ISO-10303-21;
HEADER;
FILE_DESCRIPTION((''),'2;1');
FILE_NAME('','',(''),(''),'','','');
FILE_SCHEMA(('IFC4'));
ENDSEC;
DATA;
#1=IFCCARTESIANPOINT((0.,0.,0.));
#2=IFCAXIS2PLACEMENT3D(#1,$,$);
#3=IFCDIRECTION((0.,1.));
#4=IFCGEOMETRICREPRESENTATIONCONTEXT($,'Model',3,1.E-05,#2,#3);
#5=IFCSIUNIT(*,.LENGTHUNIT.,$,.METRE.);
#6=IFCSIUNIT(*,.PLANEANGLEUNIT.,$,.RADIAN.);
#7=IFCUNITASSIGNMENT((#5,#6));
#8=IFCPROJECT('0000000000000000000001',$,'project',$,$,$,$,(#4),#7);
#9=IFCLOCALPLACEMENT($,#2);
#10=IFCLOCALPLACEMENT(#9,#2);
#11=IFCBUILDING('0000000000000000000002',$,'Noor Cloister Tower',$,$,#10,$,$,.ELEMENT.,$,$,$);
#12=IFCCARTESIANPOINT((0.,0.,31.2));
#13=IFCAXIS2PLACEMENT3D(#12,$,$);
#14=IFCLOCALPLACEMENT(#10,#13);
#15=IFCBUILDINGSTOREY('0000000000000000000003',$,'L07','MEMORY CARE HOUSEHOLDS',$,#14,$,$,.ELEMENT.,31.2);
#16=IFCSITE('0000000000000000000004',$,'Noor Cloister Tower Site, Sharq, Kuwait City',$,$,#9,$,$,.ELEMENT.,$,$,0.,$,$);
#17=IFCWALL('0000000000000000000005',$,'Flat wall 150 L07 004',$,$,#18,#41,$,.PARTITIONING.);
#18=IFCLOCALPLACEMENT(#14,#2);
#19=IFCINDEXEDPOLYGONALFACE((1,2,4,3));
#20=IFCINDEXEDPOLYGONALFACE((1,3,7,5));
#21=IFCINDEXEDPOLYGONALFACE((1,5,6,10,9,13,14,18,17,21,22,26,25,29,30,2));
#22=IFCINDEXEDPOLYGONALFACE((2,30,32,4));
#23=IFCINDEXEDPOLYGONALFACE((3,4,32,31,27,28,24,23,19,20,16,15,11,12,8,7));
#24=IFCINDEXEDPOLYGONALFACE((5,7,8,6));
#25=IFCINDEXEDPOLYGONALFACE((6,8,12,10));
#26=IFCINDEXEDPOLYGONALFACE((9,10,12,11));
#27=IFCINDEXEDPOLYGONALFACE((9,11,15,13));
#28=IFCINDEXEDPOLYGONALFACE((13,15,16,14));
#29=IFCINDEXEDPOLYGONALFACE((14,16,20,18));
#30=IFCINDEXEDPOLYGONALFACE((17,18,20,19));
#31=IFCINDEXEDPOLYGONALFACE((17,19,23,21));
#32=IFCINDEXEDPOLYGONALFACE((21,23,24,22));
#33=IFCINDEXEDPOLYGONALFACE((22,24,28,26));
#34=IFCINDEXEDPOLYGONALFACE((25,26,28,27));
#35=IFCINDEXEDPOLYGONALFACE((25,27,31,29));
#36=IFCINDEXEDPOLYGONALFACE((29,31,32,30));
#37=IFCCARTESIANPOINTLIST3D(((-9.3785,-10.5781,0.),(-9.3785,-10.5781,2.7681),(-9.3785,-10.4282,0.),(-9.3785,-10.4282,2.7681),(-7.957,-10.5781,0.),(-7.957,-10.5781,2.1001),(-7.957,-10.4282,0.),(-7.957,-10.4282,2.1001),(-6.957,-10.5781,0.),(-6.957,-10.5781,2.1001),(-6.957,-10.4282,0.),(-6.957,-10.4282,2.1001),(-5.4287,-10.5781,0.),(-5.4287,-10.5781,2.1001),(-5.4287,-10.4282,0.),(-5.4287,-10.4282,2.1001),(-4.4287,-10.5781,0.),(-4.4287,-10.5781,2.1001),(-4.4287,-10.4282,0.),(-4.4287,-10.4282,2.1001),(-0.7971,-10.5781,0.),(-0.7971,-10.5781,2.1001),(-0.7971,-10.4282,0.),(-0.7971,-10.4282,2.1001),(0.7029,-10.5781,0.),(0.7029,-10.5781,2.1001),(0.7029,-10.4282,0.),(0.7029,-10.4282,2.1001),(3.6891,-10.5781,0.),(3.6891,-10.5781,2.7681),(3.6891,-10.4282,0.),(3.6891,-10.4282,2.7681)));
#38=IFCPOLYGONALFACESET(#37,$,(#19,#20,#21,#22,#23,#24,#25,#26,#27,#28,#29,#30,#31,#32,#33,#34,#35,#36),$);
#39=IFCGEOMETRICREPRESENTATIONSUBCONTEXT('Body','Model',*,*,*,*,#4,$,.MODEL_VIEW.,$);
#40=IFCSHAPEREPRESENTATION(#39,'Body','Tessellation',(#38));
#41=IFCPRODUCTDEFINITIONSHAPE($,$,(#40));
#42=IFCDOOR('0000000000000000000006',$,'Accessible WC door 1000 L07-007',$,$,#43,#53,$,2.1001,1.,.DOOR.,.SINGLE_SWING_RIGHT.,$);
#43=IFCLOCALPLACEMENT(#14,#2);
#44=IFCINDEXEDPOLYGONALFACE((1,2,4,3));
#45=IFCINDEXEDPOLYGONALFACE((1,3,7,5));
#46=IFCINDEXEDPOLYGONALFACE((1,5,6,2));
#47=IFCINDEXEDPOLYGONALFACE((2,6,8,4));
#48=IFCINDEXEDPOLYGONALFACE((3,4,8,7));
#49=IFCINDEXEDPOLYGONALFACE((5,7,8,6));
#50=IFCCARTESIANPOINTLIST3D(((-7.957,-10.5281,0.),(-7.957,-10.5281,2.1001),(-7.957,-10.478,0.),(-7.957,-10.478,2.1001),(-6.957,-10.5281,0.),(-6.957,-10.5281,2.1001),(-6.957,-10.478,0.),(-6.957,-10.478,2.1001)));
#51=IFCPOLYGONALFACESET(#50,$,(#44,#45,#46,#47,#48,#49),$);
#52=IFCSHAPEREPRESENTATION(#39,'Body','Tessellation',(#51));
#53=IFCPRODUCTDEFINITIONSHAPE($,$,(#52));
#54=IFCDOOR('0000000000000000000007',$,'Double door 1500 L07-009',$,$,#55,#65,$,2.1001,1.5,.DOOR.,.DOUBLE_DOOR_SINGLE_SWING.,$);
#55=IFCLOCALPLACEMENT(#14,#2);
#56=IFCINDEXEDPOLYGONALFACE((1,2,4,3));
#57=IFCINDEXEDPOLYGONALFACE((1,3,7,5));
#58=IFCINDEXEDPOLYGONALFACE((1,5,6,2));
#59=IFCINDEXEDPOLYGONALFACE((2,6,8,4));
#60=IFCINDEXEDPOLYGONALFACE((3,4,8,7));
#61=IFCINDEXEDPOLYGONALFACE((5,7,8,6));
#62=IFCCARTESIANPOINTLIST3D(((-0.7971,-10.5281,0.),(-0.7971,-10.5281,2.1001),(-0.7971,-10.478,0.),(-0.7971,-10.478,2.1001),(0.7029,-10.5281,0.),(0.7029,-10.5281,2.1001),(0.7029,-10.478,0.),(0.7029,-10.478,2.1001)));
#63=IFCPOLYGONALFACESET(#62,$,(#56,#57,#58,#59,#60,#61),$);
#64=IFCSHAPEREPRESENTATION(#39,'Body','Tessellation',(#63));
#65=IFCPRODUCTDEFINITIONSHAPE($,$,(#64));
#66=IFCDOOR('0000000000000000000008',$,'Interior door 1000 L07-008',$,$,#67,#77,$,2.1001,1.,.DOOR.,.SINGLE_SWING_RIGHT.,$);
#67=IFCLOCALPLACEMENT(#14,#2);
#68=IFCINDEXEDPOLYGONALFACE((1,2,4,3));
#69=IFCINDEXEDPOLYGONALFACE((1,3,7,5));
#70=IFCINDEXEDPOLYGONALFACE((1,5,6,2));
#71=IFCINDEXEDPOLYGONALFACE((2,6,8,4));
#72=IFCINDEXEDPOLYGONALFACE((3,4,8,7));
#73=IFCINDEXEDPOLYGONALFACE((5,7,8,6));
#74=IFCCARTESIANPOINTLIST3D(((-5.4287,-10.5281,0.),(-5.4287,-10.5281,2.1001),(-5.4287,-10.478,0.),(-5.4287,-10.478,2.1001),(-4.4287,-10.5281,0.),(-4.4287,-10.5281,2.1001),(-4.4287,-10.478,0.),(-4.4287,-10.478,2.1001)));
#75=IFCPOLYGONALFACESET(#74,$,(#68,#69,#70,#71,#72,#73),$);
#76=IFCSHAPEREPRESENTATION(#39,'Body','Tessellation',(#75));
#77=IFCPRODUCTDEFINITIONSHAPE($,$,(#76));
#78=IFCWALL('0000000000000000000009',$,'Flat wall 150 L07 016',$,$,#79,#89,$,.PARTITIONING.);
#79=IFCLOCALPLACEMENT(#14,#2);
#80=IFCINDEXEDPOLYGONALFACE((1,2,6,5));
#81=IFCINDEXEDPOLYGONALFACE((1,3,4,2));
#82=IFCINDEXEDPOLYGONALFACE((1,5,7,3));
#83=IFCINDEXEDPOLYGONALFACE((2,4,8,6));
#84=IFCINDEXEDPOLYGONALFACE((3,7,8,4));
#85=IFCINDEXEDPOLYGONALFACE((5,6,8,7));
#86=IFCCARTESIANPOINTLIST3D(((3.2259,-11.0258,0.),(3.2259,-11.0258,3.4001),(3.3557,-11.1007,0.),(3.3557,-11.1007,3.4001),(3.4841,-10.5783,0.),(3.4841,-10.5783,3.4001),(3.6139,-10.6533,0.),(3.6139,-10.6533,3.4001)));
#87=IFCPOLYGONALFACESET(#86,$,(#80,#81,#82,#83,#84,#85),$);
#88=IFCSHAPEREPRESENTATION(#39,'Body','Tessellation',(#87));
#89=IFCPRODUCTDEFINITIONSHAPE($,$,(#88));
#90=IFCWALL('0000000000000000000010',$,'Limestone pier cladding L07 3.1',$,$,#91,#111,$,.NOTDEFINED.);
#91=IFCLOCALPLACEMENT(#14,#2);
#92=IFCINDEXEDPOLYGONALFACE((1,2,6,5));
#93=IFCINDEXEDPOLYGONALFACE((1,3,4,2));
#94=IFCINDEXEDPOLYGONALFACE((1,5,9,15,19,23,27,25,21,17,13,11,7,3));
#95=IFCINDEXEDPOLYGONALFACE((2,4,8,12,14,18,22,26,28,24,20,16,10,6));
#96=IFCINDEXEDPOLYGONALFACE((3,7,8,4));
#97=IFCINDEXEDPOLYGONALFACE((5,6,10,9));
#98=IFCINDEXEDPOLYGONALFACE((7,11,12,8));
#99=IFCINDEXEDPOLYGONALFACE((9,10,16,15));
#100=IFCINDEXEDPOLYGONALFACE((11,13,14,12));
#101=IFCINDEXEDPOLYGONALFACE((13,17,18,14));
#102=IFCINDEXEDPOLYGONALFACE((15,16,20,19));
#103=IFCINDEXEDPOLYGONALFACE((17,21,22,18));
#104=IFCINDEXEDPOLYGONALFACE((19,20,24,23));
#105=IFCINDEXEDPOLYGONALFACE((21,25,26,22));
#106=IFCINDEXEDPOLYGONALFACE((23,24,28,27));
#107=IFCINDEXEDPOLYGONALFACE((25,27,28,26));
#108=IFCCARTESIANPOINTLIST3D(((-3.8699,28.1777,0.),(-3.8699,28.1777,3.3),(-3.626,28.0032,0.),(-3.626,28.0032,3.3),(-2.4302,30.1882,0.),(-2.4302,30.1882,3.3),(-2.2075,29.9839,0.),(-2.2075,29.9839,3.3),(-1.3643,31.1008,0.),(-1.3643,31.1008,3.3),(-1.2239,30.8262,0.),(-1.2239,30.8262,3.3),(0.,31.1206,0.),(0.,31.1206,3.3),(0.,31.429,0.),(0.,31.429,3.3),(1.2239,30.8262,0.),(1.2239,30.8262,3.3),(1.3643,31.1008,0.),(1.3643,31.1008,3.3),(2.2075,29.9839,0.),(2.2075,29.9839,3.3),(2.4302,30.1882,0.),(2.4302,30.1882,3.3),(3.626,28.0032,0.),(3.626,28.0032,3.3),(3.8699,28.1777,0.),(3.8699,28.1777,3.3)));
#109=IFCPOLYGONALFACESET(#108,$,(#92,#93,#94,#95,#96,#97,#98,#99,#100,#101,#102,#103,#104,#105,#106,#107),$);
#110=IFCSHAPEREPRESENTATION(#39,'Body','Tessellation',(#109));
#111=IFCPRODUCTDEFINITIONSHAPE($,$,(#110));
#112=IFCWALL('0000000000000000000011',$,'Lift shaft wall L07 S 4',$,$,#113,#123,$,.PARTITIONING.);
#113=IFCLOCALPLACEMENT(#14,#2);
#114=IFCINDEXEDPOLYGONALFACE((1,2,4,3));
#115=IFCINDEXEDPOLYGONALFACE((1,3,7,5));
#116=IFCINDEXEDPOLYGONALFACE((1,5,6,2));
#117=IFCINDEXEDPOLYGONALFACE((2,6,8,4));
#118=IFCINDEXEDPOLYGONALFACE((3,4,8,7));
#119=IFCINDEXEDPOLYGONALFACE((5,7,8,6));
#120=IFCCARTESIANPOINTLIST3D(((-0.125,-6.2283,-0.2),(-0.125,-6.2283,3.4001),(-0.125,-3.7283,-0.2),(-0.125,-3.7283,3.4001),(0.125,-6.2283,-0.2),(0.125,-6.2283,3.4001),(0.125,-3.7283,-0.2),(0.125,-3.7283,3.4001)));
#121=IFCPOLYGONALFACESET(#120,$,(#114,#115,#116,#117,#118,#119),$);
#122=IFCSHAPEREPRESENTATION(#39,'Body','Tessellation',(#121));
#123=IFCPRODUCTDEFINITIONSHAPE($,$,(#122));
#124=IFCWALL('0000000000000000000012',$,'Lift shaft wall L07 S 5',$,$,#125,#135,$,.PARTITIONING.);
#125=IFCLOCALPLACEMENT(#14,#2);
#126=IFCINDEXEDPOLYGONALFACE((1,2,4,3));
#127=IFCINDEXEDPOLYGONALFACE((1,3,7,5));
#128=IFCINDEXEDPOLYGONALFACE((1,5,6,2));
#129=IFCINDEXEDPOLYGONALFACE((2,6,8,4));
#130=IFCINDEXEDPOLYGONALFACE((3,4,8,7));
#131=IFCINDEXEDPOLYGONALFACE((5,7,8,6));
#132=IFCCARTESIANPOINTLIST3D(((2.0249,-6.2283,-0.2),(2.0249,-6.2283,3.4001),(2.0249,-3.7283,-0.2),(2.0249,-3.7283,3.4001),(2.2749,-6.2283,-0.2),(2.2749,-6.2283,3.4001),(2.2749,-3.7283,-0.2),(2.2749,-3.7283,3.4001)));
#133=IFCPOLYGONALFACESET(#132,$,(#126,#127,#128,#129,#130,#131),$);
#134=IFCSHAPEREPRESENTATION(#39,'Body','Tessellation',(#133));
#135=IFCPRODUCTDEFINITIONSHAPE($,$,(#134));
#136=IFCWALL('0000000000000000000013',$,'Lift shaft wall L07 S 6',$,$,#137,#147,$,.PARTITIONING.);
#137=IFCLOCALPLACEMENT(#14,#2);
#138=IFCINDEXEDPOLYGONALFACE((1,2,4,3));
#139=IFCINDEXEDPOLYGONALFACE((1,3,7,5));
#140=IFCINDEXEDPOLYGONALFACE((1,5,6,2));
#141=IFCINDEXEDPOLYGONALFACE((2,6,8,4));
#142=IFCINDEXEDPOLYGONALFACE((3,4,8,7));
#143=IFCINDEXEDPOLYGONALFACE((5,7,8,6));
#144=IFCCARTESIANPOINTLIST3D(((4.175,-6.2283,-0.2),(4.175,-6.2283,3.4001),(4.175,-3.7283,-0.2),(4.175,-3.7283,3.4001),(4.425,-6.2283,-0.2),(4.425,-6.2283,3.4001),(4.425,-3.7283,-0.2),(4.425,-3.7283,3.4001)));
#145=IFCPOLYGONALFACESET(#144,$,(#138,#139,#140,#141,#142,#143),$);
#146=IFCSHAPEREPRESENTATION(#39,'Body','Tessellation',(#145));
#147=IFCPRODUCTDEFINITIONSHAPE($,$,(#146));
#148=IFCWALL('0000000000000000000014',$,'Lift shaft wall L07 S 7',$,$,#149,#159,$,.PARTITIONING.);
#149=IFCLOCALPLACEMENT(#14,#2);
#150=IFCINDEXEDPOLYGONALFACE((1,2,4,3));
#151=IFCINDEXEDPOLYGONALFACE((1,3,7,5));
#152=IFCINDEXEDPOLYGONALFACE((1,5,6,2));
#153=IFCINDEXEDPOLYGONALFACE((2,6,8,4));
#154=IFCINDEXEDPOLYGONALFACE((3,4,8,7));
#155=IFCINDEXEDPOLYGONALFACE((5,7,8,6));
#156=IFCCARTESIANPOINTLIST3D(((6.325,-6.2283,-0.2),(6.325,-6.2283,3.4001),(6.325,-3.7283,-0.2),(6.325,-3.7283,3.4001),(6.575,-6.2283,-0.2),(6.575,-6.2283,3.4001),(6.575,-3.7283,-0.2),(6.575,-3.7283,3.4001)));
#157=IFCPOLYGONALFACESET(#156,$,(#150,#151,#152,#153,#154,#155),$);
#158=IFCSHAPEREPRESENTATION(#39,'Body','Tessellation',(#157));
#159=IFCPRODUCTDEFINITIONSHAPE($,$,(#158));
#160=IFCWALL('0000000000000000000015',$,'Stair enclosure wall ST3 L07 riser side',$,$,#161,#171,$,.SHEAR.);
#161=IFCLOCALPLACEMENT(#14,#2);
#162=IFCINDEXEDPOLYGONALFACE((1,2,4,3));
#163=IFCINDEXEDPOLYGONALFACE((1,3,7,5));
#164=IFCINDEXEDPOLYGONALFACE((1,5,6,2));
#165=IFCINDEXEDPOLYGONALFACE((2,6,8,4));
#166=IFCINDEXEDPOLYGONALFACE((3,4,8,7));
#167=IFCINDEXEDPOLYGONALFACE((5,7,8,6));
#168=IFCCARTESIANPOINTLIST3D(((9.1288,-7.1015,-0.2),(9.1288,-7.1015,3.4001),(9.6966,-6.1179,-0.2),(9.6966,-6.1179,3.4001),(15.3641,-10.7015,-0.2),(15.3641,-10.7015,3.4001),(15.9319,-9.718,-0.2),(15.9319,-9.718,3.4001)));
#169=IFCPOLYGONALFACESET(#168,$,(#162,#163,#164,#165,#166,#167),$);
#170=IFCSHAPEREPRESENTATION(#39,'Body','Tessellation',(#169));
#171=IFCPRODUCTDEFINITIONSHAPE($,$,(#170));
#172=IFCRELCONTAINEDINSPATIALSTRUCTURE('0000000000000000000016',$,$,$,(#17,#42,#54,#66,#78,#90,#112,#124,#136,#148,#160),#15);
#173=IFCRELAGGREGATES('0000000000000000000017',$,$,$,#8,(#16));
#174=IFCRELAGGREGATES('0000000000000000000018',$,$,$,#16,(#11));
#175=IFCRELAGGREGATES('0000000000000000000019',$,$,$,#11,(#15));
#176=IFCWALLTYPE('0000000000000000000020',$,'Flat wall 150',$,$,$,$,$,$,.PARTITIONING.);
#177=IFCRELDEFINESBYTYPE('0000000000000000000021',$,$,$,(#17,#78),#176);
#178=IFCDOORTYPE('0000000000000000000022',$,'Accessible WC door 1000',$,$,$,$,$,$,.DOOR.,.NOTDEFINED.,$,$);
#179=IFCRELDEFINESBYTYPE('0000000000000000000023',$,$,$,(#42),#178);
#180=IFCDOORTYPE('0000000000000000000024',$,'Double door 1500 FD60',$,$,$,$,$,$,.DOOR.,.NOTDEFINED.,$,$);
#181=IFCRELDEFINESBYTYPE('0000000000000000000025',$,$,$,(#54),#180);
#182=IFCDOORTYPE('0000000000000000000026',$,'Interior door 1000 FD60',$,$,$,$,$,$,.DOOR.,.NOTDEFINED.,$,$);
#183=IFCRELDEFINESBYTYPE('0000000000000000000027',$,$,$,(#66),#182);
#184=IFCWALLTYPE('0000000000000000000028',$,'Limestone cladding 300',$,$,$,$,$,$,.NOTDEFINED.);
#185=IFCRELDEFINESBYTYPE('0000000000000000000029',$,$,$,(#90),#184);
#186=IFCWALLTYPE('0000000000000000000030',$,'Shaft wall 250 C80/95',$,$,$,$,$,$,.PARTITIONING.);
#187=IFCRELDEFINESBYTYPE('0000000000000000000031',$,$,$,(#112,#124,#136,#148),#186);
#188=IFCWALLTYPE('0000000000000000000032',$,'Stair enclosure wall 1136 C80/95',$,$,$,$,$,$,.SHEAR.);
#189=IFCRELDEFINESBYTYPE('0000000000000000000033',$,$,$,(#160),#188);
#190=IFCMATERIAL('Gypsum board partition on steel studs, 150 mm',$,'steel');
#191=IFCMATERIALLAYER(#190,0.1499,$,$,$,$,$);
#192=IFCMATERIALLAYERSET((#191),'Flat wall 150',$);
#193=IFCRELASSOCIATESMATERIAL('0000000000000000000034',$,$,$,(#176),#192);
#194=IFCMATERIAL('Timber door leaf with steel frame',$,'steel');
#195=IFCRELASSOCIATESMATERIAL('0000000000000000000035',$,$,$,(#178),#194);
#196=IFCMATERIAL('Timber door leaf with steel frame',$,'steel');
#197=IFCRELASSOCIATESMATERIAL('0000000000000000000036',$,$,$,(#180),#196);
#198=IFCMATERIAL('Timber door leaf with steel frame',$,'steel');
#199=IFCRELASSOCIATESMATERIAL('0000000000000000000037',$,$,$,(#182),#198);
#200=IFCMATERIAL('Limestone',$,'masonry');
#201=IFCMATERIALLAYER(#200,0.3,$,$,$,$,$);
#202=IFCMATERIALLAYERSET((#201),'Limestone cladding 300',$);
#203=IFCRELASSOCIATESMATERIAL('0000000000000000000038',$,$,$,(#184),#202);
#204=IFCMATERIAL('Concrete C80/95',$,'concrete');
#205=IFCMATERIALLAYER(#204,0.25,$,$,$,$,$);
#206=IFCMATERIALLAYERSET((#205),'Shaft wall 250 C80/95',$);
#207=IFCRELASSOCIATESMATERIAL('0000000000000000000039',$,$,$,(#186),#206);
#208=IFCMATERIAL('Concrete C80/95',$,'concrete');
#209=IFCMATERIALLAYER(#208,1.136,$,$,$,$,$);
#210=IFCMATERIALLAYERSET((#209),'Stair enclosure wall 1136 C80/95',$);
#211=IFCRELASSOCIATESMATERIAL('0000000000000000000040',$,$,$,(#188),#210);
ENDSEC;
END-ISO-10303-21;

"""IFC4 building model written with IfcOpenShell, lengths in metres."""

from ifc_helpers import new_model, si_unit, direction, frame, frame_2d, origin, place, context, subcontext, project, spatial, polyline, rectangle, outline, extrude, material, layer, layer_set, type_object, element, fill, save


model = new_model("IFC4")

# Units and contexts
model_context = context("Model", 3, precision=1e-05, world=origin(), true_north=direction((0.0, 1.0)))
body_context = subcontext(model_context, "Body", "Model", "MODEL_VIEW")
ifc_project = project(units=[si_unit("LENGTHUNIT", "METRE"), si_unit("PLANEANGLEUNIT", "RADIAN")], contexts=[model_context])

# Site, building, storey
site_placement = place(None, origin())
site = spatial("IfcSite", under=ifc_project, at=site_placement, Name="Noor Cloister Tower Site, Sharq, Kuwait City", CompositionType="ELEMENT", RefElevation=0.0)
building_placement = place(site_placement, origin())
building = spatial("IfcBuilding", under=site, at=building_placement, Name="Noor Cloister Tower", CompositionType="ELEMENT")
storey_placement = place(building_placement, frame((0.0, 0.0, 31.2)))
storey = spatial("IfcBuildingStorey", under=building, at=storey_placement, Name="L07", Description="MEMORY CARE HOUSEHOLDS", CompositionType="ELEMENT", Elevation=31.2)

# Wall, openings, doors
ifc_material_1 = material(Name="Gypsum board partition on steel studs, 150 mm", Category="steel")
ifc_layer_1 = layer(ifc_material_1, 0.1499)
ifc_layer_set_1 = layer_set([ifc_layer_1], Name="Flat wall 150")
wall_type_1 = type_object("IfcWallType", Name="Flat wall 150", PredefinedType="PARTITIONING", material=ifc_layer_set_1)
wall_1_placement = place(storey_placement, frame((3.689, -10.5032, 0.0), z_axis=(0.0, 0.0, 1.0), x_axis=(-1.0, 0.0, 0.0)))
wall_1 = element("IfcWall", 1, at=wall_1_placement, inside=storey, type_object=wall_type_1, Name="Flat wall 150 L07 004", PredefinedType="PARTITIONING", context=body_context, shape_type="SweptSolid", body=[
    extrude(rectangle(XDim=13.0676, YDim=0.1499, at=frame_2d((6.5337, 0.0))), origin(), (0.0, 0.0, 1.0), 2.7681),
])
opening_1_placement = place(wall_1_placement, frame((10.646, 0.0, 0.0)))
opening_1 = element("IfcOpeningElement", 2, at=opening_1_placement, cuts=wall_1, PredefinedType="OPENING", context=body_context, shape_type="SweptSolid", body=[
    extrude(rectangle(XDim=1.0, YDim=2.1001, at=frame_2d((0.5, 1.05))), frame((0.0, 0.085, 0.0), z_axis=(0.0, -1.0, 0.0), x_axis=(1.0, 0.0, 0.0)), (0.0, 0.0, 1.0), 0.1699),
])
opening_2_placement = place(wall_1_placement, frame((8.1177, 0.0, 0.0)))
opening_2 = element("IfcOpeningElement", 3, at=opening_2_placement, cuts=wall_1, PredefinedType="OPENING", context=body_context, shape_type="SweptSolid", body=[
    extrude(rectangle(XDim=1.0, YDim=2.1001, at=frame_2d((0.5, 1.05))), frame((0.0, 0.085, 0.0), z_axis=(0.0, -1.0, 0.0), x_axis=(1.0, 0.0, 0.0)), (0.0, 0.0, 1.0), 0.1699),
])
opening_3_placement = place(wall_1_placement, frame((2.9861, 0.0, 0.0)))
opening_3 = element("IfcOpeningElement", 4, at=opening_3_placement, cuts=wall_1, PredefinedType="OPENING", context=body_context, shape_type="SweptSolid", body=[
    extrude(rectangle(XDim=1.5, YDim=2.1001, at=frame_2d((0.75, 1.05))), frame((0.0, 0.085, 0.0), z_axis=(0.0, -1.0, 0.0), x_axis=(1.0, 0.0, 0.0)), (0.0, 0.0, 1.0), 0.1699),
])
ifc_material_2 = material(Name="Timber door leaf with steel frame", Category="steel")
door_type_1 = type_object("IfcDoorType", Name="Accessible WC door 1000", OperationType="NOTDEFINED", PredefinedType="DOOR", material=ifc_material_2)
door_1_placement = place(opening_1_placement, origin())
door_1 = element("IfcDoor", 5, at=door_1_placement, inside=storey, type_object=door_type_1, Name="Accessible WC door 1000 L07-007", OperationType="SINGLE_SWING_RIGHT", OverallHeight=2.1001, OverallWidth=1.0, PredefinedType="DOOR", context=body_context, shape_type="SweptSolid", body=[
    extrude(rectangle(XDim=1.0, YDim=2.1001, at=frame_2d((0.5, 1.05))), frame((0.0, 0.0249, 0.0), z_axis=(0.0, -1.0, 0.0), x_axis=(1.0, 0.0, 0.0)), (0.0, 0.0, 1.0), 0.05),
])
fill(opening_1, door_1)
ifc_material_3 = material(Name="Timber door leaf with steel frame", Category="steel")
door_type_2 = type_object("IfcDoorType", Name="Double door 1500 FD60", OperationType="NOTDEFINED", PredefinedType="DOOR", material=ifc_material_3)
door_2_placement = place(opening_3_placement, origin())
door_2 = element("IfcDoor", 6, at=door_2_placement, inside=storey, type_object=door_type_2, Name="Double door 1500 L07-009", OperationType="DOUBLE_DOOR_SINGLE_SWING", OverallHeight=2.1001, OverallWidth=1.5, PredefinedType="DOOR", context=body_context, shape_type="SweptSolid", body=[
    extrude(rectangle(XDim=1.5, YDim=2.1001, at=frame_2d((0.75, 1.05))), frame((0.0, 0.0249, 0.0), z_axis=(0.0, -1.0, 0.0), x_axis=(1.0, 0.0, 0.0)), (0.0, 0.0, 1.0), 0.05),
])
fill(opening_3, door_2)
ifc_material_4 = material(Name="Timber door leaf with steel frame", Category="steel")
door_type_3 = type_object("IfcDoorType", Name="Interior door 1000 FD60", OperationType="NOTDEFINED", PredefinedType="DOOR", material=ifc_material_4)
door_3_placement = place(opening_2_placement, origin())
door_3 = element("IfcDoor", 7, at=door_3_placement, inside=storey, type_object=door_type_3, Name="Interior door 1000 L07-008", OperationType="SINGLE_SWING_RIGHT", OverallHeight=2.1001, OverallWidth=1.0, PredefinedType="DOOR", context=body_context, shape_type="SweptSolid", body=[
    extrude(rectangle(XDim=1.0, YDim=2.1001, at=frame_2d((0.5, 1.05))), frame((0.0, 0.0249, 0.0), z_axis=(0.0, -1.0, 0.0), x_axis=(1.0, 0.0, 0.0)), (0.0, 0.0, 1.0), 0.05),
])
fill(opening_2, door_3)

# Walls
wall_2_placement = place(storey_placement, frame((3.2908, -11.0632, 0.0), z_axis=(0.0, 0.0, 1.0), x_axis=(0.4999, 0.866083, 0.0)))
element("IfcWall", 8, at=wall_2_placement, inside=storey, type_object=wall_type_1, Name="Flat wall 150 L07 016", PredefinedType="PARTITIONING", context=body_context, shape_type="SweptSolid", body=[
    extrude(rectangle(XDim=0.5166, YDim=0.1499, at=frame_2d((0.2583, 0.0))), origin(), (0.0, 0.0, 1.0), 3.4001),
])
ifc_material_5 = material(Name="Limestone", Category="masonry")
ifc_layer_2 = layer(ifc_material_5, 0.3)
ifc_layer_set_2 = layer_set([ifc_layer_2], Name="Limestone cladding 300")
wall_type_2 = type_object("IfcWallType", Name="Limestone cladding 300", PredefinedType="NOTDEFINED", material=ifc_layer_set_2)
wall_3_placement = place(storey_placement, origin())
element("IfcWall", 9, at=wall_3_placement, inside=storey, type_object=wall_type_2, Name="Limestone pier cladding L07 3.1", PredefinedType="NOTDEFINED", context=body_context, shape_type="SweptSolid", body=[
    extrude(outline(polyline([(3.8699, 28.1777), (2.4302, 30.1882), (1.3643, 31.1008), (0.0, 31.429), (-1.3643, 31.1008), (-2.4302, 30.1882), (-3.8699, 28.1777), (-3.626, 28.0032), (-2.2075, 29.9839), (-1.2239, 30.8262), (0.0, 31.1206), (1.2239, 30.8262), (2.2075, 29.9839), (3.626, 28.0032), (3.8699, 28.1777)])), origin(), (0.0, 0.0, 1.0), 3.3),
])
ifc_material_6 = material(Name="Concrete C80/95", Category="concrete")
ifc_layer_3 = layer(ifc_material_6, 0.25)
ifc_layer_set_3 = layer_set([ifc_layer_3], Name="Shaft wall 250 C80/95")
wall_type_3 = type_object("IfcWallType", Name="Shaft wall 250 C80/95", PredefinedType="PARTITIONING", material=ifc_layer_set_3)
for number, where, z_axis, x_axis, name in (
    (10, (0.0, -6.2283, -0.2), (0.0, 0.0, 1.0), (0.0, 1.0, 0.0), "Lift shaft wall L07 S 4"),
    (11, (2.1499, -6.2283, -0.2), (0.0, 0.0, 1.0), (0.0, 1.0, 0.0), "Lift shaft wall L07 S 5"),
    (12, (4.3, -6.2283, -0.2), (0.0, 0.0, 1.0), (0.0, 1.0, 0.0), "Lift shaft wall L07 S 6"),
    (13, (6.45, -6.2283, -0.2), (0.0, 0.0, 1.0), (0.0, 1.0, 0.0), "Lift shaft wall L07 S 7"),
):
    element("IfcWall", number, at=place(storey_placement, frame(where, z_axis=z_axis, x_axis=x_axis)), inside=storey, type_object=wall_type_3, Name=name, PredefinedType="PARTITIONING", context=body_context, shape_type="SweptSolid", body=[
        extrude(rectangle(XDim=2.5, YDim=0.25, at=frame_2d((1.25, 0.0))), origin(), (0.0, 0.0, 1.0), 3.6001),
    ])
ifc_material_7 = material(Name="Concrete C80/95", Category="concrete")
ifc_layer_4 = layer(ifc_material_7, 1.136)
ifc_layer_set_4 = layer_set([ifc_layer_4], Name="Stair enclosure wall 1136 C80/95")
wall_type_4 = type_object("IfcWallType", Name="Stair enclosure wall 1136 C80/95", PredefinedType="SHEAR", material=ifc_layer_set_4)
wall_4_placement = place(storey_placement, frame((9.4126, -6.6096, -0.2), z_axis=(0.0, 0.0, 1.0), x_axis=(0.866018, -0.500012, 0.0)))
element("IfcWall", 14, at=wall_4_placement, inside=storey, type_object=wall_type_4, Name="Stair enclosure wall ST3 L07 riser side", PredefinedType="SHEAR", context=body_context, shape_type="SweptSolid", body=[
    extrude(rectangle(XDim=7.2, YDim=1.1357, at=frame_2d((3.6001, 0.0))), origin(), (0.0, 0.0, 1.0), 3.6001),
])

save(model, "model.ifc")
